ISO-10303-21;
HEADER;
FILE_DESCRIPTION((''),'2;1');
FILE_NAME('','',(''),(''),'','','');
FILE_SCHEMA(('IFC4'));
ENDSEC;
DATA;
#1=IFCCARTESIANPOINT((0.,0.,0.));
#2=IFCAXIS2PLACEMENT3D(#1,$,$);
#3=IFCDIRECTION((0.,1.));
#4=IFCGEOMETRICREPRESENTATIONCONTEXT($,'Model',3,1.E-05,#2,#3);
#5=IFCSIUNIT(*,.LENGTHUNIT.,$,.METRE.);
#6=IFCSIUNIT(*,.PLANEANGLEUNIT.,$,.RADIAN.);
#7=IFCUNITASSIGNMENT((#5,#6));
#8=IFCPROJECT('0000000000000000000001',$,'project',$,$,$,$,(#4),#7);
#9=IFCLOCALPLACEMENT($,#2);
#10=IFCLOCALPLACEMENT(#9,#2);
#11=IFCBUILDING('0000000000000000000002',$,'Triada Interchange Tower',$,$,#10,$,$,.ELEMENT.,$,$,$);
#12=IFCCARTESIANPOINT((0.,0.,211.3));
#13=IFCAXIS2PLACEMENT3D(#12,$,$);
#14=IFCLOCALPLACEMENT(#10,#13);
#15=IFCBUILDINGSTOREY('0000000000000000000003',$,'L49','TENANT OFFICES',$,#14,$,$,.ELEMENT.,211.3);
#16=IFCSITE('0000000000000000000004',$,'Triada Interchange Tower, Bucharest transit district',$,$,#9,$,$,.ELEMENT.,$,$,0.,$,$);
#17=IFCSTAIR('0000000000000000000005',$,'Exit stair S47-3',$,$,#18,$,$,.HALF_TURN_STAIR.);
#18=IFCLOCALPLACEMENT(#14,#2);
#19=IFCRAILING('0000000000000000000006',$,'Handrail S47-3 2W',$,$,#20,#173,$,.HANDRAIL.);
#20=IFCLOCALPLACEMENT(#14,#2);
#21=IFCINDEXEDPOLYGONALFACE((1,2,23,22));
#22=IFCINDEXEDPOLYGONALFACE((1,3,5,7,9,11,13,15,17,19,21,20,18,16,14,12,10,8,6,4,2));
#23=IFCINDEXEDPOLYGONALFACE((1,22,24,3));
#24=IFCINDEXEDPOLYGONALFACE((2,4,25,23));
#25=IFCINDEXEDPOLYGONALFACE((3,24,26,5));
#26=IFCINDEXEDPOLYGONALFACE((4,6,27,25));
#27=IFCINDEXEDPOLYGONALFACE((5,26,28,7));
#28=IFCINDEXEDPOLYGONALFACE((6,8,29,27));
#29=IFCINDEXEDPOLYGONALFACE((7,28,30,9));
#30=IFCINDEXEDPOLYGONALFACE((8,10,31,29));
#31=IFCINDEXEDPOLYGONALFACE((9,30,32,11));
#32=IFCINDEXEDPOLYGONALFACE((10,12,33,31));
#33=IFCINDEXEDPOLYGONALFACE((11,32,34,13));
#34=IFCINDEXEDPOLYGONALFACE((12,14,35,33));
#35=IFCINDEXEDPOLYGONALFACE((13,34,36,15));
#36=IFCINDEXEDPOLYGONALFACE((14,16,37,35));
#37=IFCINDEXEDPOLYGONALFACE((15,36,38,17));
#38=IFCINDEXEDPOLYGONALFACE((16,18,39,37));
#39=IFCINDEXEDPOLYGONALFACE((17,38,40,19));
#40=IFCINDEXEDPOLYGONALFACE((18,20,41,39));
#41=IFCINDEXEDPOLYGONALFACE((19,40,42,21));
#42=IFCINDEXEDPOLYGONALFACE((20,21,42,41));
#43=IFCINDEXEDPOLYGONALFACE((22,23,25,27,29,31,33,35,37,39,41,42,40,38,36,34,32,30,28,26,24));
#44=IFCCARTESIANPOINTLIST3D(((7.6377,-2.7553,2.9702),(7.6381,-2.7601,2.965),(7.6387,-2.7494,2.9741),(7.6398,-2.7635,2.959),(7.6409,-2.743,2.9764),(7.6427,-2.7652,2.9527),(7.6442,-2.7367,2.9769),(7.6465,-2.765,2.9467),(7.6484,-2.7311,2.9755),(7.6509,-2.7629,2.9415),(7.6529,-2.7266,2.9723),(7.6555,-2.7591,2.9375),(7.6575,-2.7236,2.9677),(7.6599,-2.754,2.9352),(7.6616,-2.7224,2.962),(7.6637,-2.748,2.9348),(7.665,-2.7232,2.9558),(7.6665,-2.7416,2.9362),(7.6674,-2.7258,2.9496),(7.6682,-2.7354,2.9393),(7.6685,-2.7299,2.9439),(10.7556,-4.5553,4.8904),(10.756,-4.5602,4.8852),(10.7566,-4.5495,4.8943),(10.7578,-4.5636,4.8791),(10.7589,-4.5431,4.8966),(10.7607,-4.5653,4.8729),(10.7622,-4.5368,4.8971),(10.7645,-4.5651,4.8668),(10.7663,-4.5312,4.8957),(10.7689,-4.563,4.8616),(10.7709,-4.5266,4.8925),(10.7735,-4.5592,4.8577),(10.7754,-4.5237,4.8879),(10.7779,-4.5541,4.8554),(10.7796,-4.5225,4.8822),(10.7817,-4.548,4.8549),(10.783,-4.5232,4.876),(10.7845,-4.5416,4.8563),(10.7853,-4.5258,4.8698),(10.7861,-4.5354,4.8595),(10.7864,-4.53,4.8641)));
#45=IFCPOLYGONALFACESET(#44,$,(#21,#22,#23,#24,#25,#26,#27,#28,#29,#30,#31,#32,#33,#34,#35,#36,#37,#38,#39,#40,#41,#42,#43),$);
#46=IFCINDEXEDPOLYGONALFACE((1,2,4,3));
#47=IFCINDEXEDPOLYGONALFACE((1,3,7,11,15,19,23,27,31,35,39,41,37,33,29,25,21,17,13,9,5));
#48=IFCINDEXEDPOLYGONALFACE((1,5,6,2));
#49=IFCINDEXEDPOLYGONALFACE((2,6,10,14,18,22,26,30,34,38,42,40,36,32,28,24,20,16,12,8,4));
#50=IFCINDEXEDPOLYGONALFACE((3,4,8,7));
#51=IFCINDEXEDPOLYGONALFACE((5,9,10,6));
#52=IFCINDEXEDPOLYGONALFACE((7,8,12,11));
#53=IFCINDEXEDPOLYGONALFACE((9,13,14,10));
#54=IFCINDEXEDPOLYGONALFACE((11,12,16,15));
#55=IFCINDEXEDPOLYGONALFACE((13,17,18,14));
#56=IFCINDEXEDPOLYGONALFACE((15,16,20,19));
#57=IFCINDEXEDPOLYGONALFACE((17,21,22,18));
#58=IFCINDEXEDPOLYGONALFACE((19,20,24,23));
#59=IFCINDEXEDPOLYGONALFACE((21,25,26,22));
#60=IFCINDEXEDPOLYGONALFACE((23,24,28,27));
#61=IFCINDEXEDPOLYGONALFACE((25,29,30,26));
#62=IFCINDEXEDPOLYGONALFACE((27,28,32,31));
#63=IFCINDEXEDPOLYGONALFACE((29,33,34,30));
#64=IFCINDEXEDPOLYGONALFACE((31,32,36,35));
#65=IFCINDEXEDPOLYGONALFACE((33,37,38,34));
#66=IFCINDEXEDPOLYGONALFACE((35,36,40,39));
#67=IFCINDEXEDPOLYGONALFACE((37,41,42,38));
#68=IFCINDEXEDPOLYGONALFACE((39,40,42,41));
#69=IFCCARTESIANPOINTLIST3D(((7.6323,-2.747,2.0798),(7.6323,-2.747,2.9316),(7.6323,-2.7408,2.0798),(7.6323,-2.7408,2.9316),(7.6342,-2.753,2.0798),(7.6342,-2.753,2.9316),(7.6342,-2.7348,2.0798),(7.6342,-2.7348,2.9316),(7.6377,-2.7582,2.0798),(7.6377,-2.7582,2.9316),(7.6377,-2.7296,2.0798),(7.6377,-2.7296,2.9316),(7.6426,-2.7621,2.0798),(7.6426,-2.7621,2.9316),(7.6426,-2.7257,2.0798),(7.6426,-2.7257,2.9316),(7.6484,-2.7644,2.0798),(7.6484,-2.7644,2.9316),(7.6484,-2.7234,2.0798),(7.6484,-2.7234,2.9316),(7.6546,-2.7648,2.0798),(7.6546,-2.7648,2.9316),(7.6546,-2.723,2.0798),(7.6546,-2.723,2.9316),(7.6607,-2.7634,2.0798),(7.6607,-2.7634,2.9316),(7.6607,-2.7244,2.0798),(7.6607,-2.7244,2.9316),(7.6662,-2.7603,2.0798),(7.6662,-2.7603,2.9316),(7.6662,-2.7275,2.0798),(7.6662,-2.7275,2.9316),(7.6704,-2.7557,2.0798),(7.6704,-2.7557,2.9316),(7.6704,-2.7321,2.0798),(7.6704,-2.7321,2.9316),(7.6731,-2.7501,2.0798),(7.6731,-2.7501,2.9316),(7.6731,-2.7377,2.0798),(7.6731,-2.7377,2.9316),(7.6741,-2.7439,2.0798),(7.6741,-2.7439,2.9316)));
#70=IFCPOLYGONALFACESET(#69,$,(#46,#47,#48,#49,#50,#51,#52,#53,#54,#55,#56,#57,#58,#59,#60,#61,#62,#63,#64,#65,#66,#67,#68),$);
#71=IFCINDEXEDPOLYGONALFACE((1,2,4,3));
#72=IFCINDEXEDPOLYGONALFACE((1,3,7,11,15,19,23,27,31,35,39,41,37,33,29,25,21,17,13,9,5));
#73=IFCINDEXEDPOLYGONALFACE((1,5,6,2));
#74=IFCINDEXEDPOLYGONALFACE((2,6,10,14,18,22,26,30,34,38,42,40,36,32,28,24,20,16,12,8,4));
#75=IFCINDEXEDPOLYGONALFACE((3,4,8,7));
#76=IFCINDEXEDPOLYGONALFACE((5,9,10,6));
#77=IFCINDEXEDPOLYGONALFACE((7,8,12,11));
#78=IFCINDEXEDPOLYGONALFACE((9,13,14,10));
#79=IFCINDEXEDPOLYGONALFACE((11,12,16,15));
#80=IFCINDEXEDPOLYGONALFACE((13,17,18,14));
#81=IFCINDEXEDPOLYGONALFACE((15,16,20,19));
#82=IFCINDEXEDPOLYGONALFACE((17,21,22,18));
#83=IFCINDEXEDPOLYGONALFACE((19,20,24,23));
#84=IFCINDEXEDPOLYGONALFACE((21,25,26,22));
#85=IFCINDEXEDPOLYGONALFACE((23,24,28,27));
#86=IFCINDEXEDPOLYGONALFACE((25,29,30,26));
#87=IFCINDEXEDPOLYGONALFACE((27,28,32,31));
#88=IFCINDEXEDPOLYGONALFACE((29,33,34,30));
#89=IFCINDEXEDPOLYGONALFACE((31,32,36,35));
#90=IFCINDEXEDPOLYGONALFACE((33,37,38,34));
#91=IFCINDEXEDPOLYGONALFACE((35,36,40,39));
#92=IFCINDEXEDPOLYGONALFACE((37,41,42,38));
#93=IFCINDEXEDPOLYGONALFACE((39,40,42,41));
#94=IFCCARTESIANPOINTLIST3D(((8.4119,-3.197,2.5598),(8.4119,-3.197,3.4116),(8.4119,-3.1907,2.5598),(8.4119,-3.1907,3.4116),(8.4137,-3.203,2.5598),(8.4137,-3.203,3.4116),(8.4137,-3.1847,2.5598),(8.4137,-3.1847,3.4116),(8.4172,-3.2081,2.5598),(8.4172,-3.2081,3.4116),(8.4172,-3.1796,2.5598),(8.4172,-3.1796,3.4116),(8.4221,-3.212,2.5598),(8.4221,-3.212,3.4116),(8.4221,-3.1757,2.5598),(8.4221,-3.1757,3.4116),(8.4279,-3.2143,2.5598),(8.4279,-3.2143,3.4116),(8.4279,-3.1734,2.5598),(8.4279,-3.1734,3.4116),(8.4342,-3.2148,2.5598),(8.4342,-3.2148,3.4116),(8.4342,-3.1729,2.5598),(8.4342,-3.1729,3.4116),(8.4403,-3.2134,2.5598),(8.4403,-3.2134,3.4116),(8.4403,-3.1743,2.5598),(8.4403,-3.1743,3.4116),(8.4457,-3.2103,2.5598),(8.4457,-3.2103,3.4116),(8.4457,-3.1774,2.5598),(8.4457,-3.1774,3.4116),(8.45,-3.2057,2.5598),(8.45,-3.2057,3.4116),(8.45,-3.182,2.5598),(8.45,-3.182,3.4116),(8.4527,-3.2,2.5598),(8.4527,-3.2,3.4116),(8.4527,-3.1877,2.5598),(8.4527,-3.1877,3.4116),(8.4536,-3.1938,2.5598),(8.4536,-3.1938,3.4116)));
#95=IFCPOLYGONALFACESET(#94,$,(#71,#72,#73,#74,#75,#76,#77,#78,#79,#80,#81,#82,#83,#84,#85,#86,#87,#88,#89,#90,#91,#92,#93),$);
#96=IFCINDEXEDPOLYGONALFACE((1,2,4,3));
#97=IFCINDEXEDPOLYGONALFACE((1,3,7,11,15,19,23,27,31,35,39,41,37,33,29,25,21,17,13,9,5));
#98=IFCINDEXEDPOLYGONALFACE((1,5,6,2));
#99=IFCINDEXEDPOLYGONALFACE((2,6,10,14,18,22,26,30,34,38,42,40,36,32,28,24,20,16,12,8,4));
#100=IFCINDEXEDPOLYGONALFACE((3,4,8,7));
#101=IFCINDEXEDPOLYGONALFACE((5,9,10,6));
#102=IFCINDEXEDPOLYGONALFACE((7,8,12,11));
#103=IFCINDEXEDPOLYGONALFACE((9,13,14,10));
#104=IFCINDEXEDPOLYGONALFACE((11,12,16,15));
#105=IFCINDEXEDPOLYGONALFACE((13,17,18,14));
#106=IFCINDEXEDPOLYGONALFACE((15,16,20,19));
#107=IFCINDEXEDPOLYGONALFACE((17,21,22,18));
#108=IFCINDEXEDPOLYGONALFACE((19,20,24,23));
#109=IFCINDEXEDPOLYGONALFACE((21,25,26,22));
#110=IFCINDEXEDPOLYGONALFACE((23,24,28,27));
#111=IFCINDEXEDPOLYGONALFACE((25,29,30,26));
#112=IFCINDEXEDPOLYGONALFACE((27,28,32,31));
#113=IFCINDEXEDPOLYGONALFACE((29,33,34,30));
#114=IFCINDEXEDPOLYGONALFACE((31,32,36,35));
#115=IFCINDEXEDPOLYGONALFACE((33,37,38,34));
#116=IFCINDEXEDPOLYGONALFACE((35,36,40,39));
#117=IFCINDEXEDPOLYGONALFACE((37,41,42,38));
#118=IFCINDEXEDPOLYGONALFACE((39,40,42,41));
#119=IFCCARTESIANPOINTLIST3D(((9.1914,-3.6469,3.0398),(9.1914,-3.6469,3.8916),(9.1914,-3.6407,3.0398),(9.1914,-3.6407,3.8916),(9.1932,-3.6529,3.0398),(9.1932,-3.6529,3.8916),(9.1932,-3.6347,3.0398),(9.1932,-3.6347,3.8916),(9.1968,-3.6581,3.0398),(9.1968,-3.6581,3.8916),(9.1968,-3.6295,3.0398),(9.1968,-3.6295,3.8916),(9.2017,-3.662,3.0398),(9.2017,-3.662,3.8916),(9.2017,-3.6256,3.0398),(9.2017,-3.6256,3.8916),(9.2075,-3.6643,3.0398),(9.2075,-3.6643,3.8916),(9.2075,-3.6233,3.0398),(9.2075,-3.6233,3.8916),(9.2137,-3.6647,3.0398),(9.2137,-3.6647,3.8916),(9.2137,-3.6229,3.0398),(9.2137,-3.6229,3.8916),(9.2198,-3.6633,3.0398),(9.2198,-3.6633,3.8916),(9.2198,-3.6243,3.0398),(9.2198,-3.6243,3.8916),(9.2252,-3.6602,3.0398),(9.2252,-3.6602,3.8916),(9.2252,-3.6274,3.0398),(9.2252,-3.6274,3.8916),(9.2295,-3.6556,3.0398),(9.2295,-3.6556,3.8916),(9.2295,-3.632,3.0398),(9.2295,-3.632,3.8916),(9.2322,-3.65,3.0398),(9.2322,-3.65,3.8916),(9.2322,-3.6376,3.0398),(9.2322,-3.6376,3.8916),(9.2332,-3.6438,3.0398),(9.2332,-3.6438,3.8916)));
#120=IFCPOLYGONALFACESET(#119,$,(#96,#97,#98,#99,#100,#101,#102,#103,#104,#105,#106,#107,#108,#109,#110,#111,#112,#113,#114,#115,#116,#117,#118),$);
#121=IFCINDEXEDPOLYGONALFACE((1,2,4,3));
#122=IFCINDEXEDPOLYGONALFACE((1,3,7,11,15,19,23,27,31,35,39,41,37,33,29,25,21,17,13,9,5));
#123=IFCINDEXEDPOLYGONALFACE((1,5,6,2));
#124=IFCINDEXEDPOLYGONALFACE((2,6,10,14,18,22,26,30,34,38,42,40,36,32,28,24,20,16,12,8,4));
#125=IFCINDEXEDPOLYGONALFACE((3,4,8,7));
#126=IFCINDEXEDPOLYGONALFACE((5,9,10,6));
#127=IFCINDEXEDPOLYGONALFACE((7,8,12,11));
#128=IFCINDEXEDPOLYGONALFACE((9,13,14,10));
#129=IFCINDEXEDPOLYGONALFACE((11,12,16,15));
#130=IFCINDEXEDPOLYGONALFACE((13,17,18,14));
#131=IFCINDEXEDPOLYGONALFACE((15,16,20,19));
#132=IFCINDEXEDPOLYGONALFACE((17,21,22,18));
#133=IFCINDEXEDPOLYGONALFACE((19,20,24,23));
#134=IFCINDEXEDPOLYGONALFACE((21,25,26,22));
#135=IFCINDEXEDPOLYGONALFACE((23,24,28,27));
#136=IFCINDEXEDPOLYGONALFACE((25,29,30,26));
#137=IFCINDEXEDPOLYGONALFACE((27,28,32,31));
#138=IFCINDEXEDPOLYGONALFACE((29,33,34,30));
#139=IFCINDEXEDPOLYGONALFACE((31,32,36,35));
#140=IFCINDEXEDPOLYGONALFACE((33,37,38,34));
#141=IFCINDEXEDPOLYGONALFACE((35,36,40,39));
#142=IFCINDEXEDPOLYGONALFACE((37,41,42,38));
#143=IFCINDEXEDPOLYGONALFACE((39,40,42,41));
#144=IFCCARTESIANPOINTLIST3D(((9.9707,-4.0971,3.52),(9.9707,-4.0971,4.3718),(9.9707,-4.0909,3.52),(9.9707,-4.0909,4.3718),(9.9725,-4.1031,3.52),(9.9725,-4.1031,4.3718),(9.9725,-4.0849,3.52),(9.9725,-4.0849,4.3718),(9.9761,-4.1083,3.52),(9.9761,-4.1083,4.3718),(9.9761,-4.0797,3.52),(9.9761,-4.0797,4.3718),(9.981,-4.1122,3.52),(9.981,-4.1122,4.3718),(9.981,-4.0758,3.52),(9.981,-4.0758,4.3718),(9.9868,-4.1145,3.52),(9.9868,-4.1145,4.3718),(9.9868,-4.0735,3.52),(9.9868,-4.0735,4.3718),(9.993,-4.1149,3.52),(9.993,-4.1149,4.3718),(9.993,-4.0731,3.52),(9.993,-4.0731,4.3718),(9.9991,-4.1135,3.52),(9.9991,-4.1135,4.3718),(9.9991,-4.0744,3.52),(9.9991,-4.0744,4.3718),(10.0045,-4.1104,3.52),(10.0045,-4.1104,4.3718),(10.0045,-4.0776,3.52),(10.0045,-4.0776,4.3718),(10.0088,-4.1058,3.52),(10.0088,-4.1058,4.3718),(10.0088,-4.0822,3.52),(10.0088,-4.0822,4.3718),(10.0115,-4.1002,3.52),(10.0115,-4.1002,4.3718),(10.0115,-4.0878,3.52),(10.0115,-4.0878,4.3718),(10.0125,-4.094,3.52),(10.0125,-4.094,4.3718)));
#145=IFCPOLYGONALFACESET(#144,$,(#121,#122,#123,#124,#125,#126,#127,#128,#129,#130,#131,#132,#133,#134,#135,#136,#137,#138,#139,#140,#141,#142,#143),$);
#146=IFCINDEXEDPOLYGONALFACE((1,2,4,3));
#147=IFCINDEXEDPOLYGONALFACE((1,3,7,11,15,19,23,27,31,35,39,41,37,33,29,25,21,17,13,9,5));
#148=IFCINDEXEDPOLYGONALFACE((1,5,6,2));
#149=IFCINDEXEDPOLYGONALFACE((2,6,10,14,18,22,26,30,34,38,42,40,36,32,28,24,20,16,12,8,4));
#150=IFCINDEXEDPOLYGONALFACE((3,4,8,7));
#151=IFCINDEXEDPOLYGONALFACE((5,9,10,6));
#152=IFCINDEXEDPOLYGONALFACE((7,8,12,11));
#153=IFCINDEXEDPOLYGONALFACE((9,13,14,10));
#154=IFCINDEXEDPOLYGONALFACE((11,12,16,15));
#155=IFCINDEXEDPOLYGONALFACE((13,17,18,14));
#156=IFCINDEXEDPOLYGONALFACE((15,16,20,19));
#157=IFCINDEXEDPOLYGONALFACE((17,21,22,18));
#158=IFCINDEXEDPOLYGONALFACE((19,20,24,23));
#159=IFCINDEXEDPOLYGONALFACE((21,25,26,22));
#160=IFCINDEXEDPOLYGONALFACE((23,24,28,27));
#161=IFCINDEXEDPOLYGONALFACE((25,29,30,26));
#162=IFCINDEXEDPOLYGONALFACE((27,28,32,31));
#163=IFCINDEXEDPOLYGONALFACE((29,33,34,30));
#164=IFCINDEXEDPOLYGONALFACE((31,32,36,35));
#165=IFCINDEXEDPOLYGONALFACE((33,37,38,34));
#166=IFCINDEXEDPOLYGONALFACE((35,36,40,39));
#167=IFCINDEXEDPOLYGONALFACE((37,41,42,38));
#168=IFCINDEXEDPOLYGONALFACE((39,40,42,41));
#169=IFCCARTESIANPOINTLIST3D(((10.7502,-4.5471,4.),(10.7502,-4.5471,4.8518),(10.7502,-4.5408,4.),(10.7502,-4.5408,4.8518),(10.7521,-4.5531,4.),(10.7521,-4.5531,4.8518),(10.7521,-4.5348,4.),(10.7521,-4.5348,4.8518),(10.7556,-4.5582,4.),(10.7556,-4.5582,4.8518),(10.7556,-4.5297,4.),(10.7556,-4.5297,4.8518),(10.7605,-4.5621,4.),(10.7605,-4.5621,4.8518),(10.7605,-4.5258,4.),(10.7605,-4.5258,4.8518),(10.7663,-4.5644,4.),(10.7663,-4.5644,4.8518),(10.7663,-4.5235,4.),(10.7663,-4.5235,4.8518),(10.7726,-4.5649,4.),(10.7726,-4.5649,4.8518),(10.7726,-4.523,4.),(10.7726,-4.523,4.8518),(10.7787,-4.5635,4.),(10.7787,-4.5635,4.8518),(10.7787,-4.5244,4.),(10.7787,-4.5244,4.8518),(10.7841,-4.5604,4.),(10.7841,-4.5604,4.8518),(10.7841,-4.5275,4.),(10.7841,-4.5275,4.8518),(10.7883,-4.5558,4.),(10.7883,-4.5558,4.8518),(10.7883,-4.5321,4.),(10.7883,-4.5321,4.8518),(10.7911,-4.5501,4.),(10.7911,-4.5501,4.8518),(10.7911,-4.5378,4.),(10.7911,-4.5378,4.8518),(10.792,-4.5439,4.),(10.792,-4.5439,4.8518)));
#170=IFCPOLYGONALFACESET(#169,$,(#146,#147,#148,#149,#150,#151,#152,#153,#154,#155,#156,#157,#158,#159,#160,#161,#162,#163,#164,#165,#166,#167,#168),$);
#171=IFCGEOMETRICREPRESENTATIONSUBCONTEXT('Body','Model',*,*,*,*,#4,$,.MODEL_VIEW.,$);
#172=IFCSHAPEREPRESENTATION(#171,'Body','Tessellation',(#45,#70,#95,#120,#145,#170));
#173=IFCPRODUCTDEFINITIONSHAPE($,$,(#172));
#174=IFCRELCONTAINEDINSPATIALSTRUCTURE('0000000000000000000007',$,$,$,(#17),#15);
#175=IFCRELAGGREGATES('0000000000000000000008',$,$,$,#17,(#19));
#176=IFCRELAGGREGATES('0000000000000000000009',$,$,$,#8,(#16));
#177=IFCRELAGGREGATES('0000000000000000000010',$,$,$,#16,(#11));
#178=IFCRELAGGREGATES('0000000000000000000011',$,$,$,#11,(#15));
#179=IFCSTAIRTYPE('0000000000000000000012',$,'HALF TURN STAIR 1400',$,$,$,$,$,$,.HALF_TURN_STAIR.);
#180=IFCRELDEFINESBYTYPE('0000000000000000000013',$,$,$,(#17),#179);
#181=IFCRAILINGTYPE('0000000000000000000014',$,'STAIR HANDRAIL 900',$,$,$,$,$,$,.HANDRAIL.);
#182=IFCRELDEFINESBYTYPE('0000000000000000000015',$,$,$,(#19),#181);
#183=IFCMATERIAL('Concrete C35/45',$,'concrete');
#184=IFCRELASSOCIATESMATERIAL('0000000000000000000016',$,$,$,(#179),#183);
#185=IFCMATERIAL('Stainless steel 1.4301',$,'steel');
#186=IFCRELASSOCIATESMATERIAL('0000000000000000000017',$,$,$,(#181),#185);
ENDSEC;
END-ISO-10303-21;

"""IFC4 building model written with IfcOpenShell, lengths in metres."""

from ifc_helpers import new_model, si_unit, direction, frame, origin, origin_2d, place, context, subcontext, project, spatial, circle, extrude, material, type_object, element, aggregate, save


model = new_model("IFC4")

# Units and contexts
model_context = context("Model", 3, precision=1e-05, world=origin(), true_north=direction((0.0, 1.0)))
body_context = subcontext(model_context, "Body", "Model", "MODEL_VIEW")
ifc_project = project(units=[si_unit("LENGTHUNIT", "METRE"), si_unit("PLANEANGLEUNIT", "RADIAN")], contexts=[model_context])

# Site, building, storey
site_placement = place(None, origin())
site = spatial("IfcSite", under=ifc_project, at=site_placement, Name="Triada Interchange Tower, Bucharest transit district", CompositionType="ELEMENT", RefElevation=0.0)
building_placement = place(site_placement, origin())
building = spatial("IfcBuilding", under=site, at=building_placement, Name="Triada Interchange Tower", CompositionType="ELEMENT")
storey_placement = place(building_placement, frame((0.0, 0.0, 211.3)))
storey = spatial("IfcBuildingStorey", under=building, at=storey_placement, Name="L49", Description="TENANT OFFICES", CompositionType="ELEMENT", Elevation=211.3)

# Stair, railing
ifc_material_1 = material(Name="Concrete C35/45", Category="concrete")
stair_type = type_object("IfcStairType", Name="HALF TURN STAIR 1400", PredefinedType="HALF_TURN_STAIR", material=ifc_material_1)
stair_placement = place(storey_placement, origin())
stair = element("IfcStair", 1, at=stair_placement, inside=storey, type_object=stair_type, Name="Exit stair S47-3", PredefinedType="HALF_TURN_STAIR")
ifc_material_2 = material(Name="Stainless steel 1.4301", Category="steel")
railing_type = type_object("IfcRailingType", Name="STAIR HANDRAIL 900", PredefinedType="HANDRAIL", material=ifc_material_2)
railing_1_placement = place(storey_placement, frame((7.6531, -2.7439, 2.0798)))
railing_1 = element("IfcRailing", 2, at=railing_1_placement, type_object=railing_type, Name="Handrail S47-3 2W", PredefinedType="HANDRAIL", context=body_context, shape_type="SweptSolid", body=[
    extrude(circle(Radius=0.0239, at=origin_2d()), frame((0.0, 0.0, 0.876), z_axis=(0.764145, -0.441159, 0.470597), x_axis=(0.499983, 0.866035, 0.0)), (0.0, 0.0, 1.0), 4.0803),
    extrude(circle(Radius=0.021, at=origin_2d()), origin(), (0.0, 0.0, 1.0), 0.8518),
    extrude(circle(Radius=0.021, at=origin_2d()), frame((0.7795, -0.45, 0.48)), (0.0, 0.0, 1.0), 0.8518),
    extrude(circle(Radius=0.021, at=origin_2d()), frame((1.5591, -0.8999, 0.96)), (0.0, 0.0, 1.0), 0.8518),
    extrude(circle(Radius=0.021, at=origin_2d()), frame((2.3384, -1.3501, 1.4402)), (0.0, 0.0, 1.0), 0.8518),
    extrude(circle(Radius=0.021, at=origin_2d()), frame((3.1179, -1.8, 1.9202)), (0.0, 0.0, 1.0), 0.8518),
])
aggregate(stair, [railing_1])

save(model, "model.ifc")
